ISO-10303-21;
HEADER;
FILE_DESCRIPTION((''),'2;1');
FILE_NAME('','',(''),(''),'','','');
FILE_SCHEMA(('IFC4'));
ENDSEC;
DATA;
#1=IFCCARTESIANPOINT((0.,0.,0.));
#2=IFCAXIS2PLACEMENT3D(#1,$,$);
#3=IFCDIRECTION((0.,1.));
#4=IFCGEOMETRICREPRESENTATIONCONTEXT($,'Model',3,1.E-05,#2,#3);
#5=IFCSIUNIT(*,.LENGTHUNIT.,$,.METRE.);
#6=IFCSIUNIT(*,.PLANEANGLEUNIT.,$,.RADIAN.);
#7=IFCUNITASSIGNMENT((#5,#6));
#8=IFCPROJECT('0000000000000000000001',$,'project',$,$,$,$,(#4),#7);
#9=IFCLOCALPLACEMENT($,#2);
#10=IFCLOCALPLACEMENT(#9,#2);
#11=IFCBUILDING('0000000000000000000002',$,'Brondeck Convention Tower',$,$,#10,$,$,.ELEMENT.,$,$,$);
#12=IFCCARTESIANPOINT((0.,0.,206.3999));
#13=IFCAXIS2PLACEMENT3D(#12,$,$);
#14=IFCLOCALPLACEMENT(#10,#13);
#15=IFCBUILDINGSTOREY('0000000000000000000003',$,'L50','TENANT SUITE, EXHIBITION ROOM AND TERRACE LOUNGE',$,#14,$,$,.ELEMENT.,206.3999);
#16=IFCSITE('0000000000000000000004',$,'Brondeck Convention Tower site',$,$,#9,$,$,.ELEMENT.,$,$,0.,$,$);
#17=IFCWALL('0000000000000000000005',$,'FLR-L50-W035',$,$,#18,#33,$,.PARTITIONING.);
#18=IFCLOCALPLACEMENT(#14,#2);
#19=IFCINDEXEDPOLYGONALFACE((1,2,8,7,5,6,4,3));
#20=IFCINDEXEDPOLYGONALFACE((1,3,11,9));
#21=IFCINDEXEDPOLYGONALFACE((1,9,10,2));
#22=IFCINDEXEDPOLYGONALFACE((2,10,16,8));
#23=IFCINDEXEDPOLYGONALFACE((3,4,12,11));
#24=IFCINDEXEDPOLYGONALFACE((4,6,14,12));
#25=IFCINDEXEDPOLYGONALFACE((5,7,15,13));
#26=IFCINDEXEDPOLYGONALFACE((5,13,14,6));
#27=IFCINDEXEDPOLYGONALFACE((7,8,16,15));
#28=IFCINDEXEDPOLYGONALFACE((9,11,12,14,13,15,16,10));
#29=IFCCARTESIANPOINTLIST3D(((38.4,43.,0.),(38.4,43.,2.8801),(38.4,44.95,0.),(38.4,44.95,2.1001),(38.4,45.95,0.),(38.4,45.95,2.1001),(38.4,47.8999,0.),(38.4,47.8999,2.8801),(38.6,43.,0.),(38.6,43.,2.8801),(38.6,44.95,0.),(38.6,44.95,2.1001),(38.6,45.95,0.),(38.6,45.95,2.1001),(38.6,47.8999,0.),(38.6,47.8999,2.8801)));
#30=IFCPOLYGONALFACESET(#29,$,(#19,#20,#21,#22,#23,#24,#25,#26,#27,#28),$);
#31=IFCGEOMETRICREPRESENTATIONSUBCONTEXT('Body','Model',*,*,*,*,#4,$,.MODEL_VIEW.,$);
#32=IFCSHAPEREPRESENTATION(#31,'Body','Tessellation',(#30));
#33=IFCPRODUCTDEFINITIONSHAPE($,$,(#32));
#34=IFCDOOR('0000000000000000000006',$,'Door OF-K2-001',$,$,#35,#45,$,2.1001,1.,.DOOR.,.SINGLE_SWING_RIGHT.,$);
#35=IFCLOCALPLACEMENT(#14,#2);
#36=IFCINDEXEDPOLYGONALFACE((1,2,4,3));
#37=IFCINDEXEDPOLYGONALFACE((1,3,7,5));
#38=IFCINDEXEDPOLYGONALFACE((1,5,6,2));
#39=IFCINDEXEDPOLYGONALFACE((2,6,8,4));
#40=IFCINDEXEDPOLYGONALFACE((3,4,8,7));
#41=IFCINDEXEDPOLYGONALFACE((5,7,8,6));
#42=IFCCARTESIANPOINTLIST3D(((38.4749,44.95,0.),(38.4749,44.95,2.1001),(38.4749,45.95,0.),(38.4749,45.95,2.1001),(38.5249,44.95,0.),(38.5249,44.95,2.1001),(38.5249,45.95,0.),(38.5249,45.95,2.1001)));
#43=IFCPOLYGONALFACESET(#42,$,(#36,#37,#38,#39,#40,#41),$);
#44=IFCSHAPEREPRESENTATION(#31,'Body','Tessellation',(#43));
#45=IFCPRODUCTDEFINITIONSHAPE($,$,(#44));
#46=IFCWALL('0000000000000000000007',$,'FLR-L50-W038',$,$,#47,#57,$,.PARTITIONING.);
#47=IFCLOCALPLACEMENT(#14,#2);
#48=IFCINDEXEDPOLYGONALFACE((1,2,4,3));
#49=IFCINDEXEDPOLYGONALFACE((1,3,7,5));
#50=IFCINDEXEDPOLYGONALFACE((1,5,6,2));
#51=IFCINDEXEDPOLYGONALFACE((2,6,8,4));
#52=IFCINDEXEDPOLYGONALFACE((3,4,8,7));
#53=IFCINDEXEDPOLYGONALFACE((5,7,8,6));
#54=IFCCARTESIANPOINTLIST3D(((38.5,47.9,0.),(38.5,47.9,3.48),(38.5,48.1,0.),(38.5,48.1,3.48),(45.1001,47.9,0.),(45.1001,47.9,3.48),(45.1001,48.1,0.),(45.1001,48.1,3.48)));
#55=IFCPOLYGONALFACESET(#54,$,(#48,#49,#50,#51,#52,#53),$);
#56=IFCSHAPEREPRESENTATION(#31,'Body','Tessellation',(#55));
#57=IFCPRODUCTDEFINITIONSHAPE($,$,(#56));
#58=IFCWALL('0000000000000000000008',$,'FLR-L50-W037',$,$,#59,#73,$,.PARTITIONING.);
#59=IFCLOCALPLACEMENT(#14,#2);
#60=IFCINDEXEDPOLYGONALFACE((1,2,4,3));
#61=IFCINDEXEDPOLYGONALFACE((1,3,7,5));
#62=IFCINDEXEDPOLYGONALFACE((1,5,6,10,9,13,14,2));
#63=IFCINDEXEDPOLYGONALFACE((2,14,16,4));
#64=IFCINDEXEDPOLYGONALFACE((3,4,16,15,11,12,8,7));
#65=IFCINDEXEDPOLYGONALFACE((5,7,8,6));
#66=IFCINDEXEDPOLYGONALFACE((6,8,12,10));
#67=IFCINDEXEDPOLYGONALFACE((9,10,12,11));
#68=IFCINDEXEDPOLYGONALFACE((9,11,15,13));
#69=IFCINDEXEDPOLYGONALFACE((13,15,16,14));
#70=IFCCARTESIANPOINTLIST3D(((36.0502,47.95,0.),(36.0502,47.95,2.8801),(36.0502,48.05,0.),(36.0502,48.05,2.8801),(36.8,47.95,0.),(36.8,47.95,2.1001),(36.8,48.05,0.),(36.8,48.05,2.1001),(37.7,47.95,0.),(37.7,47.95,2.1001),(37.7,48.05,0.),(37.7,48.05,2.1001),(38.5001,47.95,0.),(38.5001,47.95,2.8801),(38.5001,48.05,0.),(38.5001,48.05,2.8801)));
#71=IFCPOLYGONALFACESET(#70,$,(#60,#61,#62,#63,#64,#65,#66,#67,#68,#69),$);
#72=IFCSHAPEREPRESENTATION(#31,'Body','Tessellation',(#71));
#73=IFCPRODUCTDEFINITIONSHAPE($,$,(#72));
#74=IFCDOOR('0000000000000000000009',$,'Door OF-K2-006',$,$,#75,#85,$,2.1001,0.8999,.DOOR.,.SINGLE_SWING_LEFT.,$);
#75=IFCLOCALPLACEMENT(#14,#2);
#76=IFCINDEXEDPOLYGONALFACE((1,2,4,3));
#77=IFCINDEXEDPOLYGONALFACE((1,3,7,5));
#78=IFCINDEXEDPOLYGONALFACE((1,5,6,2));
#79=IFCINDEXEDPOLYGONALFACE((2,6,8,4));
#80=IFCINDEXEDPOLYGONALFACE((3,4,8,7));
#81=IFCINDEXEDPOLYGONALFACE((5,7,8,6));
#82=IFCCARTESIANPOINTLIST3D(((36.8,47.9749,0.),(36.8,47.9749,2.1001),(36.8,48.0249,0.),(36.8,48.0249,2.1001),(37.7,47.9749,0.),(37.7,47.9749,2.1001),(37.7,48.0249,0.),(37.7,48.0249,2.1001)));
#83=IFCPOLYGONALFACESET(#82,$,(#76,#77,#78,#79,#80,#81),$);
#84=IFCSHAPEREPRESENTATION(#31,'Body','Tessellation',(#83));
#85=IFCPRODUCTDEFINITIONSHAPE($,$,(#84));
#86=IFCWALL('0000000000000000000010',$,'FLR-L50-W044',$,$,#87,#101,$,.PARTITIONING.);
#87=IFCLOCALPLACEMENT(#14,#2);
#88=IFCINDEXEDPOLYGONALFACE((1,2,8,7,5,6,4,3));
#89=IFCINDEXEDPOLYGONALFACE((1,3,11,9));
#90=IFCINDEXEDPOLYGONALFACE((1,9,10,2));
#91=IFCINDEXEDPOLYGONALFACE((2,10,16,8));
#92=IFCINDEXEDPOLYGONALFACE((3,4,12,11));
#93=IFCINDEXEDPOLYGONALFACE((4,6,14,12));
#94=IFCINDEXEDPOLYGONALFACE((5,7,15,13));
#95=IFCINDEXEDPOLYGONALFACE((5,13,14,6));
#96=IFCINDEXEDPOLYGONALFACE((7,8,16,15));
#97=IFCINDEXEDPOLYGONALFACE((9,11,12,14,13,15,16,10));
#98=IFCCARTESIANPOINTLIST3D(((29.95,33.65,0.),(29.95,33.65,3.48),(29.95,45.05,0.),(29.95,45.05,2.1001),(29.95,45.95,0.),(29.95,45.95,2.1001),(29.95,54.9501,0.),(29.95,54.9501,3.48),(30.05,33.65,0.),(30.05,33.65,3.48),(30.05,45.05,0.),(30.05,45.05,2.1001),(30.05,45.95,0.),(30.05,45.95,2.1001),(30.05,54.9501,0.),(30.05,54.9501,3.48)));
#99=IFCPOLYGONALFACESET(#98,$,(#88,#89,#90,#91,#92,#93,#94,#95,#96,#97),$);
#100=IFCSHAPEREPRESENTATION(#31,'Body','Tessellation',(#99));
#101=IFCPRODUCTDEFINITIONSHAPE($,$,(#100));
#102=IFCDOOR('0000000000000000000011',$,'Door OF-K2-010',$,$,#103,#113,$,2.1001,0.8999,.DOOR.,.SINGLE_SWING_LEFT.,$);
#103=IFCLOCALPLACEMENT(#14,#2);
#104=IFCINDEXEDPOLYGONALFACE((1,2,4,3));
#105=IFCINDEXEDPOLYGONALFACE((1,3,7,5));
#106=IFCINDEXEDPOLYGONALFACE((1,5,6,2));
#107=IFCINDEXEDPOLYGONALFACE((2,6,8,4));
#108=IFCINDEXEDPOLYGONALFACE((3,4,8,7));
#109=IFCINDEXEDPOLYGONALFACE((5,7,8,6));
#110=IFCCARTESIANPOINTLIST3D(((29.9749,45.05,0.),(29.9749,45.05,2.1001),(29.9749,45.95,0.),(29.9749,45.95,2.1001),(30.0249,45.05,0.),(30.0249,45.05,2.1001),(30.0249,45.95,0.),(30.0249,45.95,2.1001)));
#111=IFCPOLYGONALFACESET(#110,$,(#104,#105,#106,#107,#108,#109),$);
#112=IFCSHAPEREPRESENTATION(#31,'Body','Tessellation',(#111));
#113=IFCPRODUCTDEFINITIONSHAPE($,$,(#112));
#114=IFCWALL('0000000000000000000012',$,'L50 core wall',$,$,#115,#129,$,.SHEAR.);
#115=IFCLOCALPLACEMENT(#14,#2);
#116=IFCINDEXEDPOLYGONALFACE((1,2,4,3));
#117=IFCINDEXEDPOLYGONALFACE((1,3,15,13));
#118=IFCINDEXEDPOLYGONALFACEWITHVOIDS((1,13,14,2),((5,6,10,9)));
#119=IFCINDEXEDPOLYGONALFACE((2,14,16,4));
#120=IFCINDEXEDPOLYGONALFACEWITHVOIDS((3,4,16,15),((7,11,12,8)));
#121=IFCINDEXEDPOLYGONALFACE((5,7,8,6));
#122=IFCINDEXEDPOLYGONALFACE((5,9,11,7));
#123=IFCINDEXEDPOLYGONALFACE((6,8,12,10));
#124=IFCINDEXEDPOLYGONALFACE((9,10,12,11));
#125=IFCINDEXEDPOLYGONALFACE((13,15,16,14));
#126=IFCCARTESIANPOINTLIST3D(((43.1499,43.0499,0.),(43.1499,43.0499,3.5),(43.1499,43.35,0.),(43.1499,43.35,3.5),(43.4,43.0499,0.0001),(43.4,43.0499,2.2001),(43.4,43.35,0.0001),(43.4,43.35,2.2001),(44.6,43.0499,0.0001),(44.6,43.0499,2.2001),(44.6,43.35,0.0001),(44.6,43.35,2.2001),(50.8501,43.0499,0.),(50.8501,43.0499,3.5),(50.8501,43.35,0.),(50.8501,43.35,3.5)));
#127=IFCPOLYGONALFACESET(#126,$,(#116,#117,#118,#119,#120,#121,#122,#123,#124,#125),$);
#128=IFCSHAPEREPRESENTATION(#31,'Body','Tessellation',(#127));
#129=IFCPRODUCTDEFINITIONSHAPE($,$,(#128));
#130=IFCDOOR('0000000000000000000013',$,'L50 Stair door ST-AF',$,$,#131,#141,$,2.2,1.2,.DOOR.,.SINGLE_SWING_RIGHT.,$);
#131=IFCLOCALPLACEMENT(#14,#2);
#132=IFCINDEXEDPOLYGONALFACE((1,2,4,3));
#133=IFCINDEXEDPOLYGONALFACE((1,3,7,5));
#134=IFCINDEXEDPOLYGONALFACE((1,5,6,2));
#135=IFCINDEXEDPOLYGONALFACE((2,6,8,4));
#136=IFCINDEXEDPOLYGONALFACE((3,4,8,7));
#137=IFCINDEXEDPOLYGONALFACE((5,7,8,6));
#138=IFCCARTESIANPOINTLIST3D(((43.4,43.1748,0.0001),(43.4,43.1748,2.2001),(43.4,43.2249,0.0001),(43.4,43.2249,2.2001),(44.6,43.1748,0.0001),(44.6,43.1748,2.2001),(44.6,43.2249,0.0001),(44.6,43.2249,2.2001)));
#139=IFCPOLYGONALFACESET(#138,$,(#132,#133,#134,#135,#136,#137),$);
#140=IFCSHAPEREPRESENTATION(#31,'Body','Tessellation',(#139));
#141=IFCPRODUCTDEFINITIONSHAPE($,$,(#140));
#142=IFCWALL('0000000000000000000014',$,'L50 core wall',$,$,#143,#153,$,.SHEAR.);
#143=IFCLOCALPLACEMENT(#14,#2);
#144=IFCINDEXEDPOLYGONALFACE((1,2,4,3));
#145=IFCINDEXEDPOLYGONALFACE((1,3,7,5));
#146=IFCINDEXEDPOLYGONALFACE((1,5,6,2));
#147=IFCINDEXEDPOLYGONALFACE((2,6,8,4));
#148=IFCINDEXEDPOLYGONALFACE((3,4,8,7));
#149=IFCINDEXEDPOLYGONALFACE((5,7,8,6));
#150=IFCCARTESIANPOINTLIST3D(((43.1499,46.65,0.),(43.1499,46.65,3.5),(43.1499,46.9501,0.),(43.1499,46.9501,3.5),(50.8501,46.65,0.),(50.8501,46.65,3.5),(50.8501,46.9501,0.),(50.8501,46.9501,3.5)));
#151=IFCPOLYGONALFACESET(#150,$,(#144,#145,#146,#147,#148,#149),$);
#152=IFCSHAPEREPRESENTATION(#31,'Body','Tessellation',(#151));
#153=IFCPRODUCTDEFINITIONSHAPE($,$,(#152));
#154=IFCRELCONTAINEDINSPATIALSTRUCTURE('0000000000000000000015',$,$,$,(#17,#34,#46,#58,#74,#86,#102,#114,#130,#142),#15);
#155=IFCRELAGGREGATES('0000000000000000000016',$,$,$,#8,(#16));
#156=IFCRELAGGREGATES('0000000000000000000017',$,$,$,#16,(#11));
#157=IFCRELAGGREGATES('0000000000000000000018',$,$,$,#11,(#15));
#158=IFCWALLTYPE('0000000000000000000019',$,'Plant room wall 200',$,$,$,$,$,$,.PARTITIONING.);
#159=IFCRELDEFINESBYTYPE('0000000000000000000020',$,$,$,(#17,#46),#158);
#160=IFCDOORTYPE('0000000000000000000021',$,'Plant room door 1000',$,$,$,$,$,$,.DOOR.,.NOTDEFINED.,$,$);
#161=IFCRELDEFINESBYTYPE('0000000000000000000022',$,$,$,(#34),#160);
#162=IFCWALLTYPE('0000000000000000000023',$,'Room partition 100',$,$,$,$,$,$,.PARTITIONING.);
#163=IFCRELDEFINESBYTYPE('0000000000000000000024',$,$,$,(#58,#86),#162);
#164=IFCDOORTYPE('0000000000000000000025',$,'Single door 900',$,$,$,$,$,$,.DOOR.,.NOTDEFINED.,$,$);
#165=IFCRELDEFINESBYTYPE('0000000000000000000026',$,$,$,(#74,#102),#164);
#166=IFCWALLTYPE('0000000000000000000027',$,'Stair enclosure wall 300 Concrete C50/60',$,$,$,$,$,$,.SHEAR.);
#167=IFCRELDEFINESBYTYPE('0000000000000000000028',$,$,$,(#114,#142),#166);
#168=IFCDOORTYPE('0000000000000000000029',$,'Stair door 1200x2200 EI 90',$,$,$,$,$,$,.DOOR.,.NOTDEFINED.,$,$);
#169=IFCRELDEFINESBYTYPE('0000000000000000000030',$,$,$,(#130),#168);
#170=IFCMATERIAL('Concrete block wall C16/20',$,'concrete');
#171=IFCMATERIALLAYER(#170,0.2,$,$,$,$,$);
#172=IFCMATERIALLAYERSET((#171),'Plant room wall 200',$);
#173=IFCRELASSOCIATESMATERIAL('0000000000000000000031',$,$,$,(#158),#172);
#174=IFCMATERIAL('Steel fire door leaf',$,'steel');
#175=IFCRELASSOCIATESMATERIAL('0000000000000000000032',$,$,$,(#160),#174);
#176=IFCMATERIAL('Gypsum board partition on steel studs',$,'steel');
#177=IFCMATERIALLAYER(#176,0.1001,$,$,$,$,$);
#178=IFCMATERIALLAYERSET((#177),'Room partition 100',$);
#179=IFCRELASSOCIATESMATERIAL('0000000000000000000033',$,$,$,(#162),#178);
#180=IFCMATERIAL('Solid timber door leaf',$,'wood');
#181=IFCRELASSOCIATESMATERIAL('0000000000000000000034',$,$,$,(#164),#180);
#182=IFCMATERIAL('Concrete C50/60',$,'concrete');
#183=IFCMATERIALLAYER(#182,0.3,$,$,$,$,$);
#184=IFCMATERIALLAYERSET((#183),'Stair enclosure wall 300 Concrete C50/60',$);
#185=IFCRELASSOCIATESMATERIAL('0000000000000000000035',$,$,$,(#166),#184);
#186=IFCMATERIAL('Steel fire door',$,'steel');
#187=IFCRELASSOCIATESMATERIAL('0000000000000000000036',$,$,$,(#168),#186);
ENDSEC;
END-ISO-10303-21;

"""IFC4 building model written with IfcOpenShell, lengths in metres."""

from ifc_helpers import new_model, si_unit, direction, frame, frame_2d, origin, place, context, subcontext, project, spatial, rectangle, extrude, material, layer, layer_set, type_object, element, fill, save


model = new_model("IFC4")

# Units and contexts
model_context = context("Model", 3, precision=1e-05, world=origin(), true_north=direction((0.0, 1.0)))
body_context = subcontext(model_context, "Body", "Model", "MODEL_VIEW")
ifc_project = project(units=[si_unit("LENGTHUNIT", "METRE"), si_unit("PLANEANGLEUNIT", "RADIAN")], contexts=[model_context])

# Site, building, storey
site_placement = place(None, origin())
site = spatial("IfcSite", under=ifc_project, at=site_placement, Name="Brondeck Convention Tower site", CompositionType="ELEMENT", RefElevation=0.0)
building_placement = place(site_placement, origin())
building = spatial("IfcBuilding", under=site, at=building_placement, Name="Brondeck Convention Tower", CompositionType="ELEMENT")
storey_placement = place(building_placement, frame((0.0, 0.0, 206.3999)))
storey = spatial("IfcBuildingStorey", under=building, at=storey_placement, Name="L50", Description="TENANT SUITE, EXHIBITION ROOM AND TERRACE LOUNGE", CompositionType="ELEMENT", Elevation=206.3999)

# Shared definitions
ifc_material_1 = material(Name="Concrete C50/60", Category="concrete")

# Wall, opening, door
ifc_material_2 = material(Name="Concrete block wall C16/20", Category="concrete")
ifc_layer_1 = layer(ifc_material_2, 0.2)
ifc_layer_set_1 = layer_set([ifc_layer_1], Name="Plant room wall 200")
wall_type_1 = type_object("IfcWallType", Name="Plant room wall 200", PredefinedType="PARTITIONING", material=ifc_layer_set_1)
wall_1_placement = place(storey_placement, frame((38.5, 47.8999, 0.0), z_axis=(0.0, 0.0, 1.0), x_axis=(0.0, -1.0, 0.0)))
wall_1 = element("IfcWall", 1, at=wall_1_placement, inside=storey, type_object=wall_type_1, Name="FLR-L50-W035", PredefinedType="PARTITIONING", context=body_context, shape_type="SweptSolid", body=[
    extrude(rectangle(XDim=4.8999, YDim=0.2, at=frame_2d((2.45, 0.0))), origin(), (0.0, 0.0, 1.0), 2.8801),
])
opening_1_placement = place(wall_1_placement, frame((1.95, 0.0, 0.0)))
opening_1 = element("IfcOpeningElement", 2, at=opening_1_placement, cuts=wall_1, PredefinedType="OPENING", context=body_context, shape_type="SweptSolid", body=[
    extrude(rectangle(XDim=1.0, YDim=2.1001, at=frame_2d((0.5, 1.05))), frame((0.0, 0.1099, 0.0), z_axis=(0.0, -1.0, 0.0), x_axis=(1.0, 0.0, 0.0)), (0.0, 0.0, 1.0), 0.22),
])
ifc_material_3 = material(Name="Steel fire door leaf", Category="steel")
door_type_1 = type_object("IfcDoorType", Name="Plant room door 1000", OperationType="NOTDEFINED", PredefinedType="DOOR", material=ifc_material_3)
door_1_placement = place(opening_1_placement, origin())
door_1 = element("IfcDoor", 3, at=door_1_placement, inside=storey, type_object=door_type_1, Name="Door OF-K2-001", OperationType="SINGLE_SWING_RIGHT", OverallHeight=2.1001, OverallWidth=1.0, PredefinedType="DOOR", context=body_context, shape_type="SweptSolid", body=[
    extrude(rectangle(XDim=1.0, YDim=2.1001, at=frame_2d((0.5, 1.05))), frame((0.0, 0.0249, 0.0), z_axis=(0.0, -1.0, 0.0), x_axis=(1.0, 0.0, 0.0)), (0.0, 0.0, 1.0), 0.05),
])
fill(opening_1, door_1)

# Wall
wall_2_placement = place(storey_placement, frame((38.5, 48.0, 0.0), z_axis=(0.0, 0.0, 1.0), x_axis=(1.0, 0.0, 0.0)))
element("IfcWall", 4, at=wall_2_placement, inside=storey, type_object=wall_type_1, Name="FLR-L50-W038", PredefinedType="PARTITIONING", context=body_context, shape_type="SweptSolid", body=[
    extrude(rectangle(XDim=6.6001, YDim=0.2, at=frame_2d((3.3, 0.0))), origin(), (0.0, 0.0, 1.0), 3.48),
])

# Walls, openings, doors
ifc_material_4 = material(Name="Gypsum board partition on steel studs", Category="steel")
ifc_layer_2 = layer(ifc_material_4, 0.1001)
ifc_layer_set_2 = layer_set([ifc_layer_2], Name="Room partition 100")
wall_type_2 = type_object("IfcWallType", Name="Room partition 100", PredefinedType="PARTITIONING", material=ifc_layer_set_2)
wall_3_placement = place(storey_placement, frame((36.05, 48.0, 0.0), z_axis=(0.0, 0.0, 1.0), x_axis=(1.0, 0.0, 0.0)))
wall_3 = element("IfcWall", 5, at=wall_3_placement, inside=storey, type_object=wall_type_2, Name="FLR-L50-W037", PredefinedType="PARTITIONING", context=body_context, shape_type="SweptSolid", body=[
    extrude(rectangle(XDim=2.45, YDim=0.1001, at=frame_2d((1.2251, 0.0))), origin(), (0.0, 0.0, 1.0), 2.8801),
])
opening_2_placement = place(wall_3_placement, frame((0.75, 0.0, 0.0)))
opening_2 = element("IfcOpeningElement", 6, at=opening_2_placement, cuts=wall_3, PredefinedType="OPENING", context=body_context, shape_type="SweptSolid", body=[
    extrude(rectangle(XDim=0.8999, YDim=2.1001, at=frame_2d((0.45, 1.05))), frame((0.0, 0.0601, 0.0), z_axis=(0.0, -1.0, 0.0), x_axis=(1.0, 0.0, 0.0)), (0.0, 0.0, 1.0), 0.1201),
])
ifc_material_5 = material(Name="Solid timber door leaf", Category="wood")
door_type_2 = type_object("IfcDoorType", Name="Single door 900", OperationType="NOTDEFINED", PredefinedType="DOOR", material=ifc_material_5)
door_2_placement = place(opening_2_placement, origin())
door_2 = element("IfcDoor", 7, at=door_2_placement, inside=storey, type_object=door_type_2, Name="Door OF-K2-006", OperationType="SINGLE_SWING_LEFT", OverallHeight=2.1001, OverallWidth=0.8999, PredefinedType="DOOR", context=body_context, shape_type="SweptSolid", body=[
    extrude(rectangle(XDim=0.8999, YDim=2.1001, at=frame_2d((0.45, 1.05))), frame((0.0, 0.0249, 0.0), z_axis=(0.0, -1.0, 0.0), x_axis=(1.0, 0.0, 0.0)), (0.0, 0.0, 1.0), 0.05),
])
fill(opening_2, door_2)
wall_4_placement = place(storey_placement, frame((30.0, 54.95, 0.0), z_axis=(0.0, 0.0, 1.0), x_axis=(0.0, -1.0, 0.0)))
wall_4 = element("IfcWall", 8, at=wall_4_placement, inside=storey, type_object=wall_type_2, Name="FLR-L50-W044", PredefinedType="PARTITIONING", context=body_context, shape_type="SweptSolid", body=[
    extrude(rectangle(XDim=21.3, YDim=0.1001, at=frame_2d((10.6499, 0.0))), origin(), (0.0, 0.0, 1.0), 3.48),
])
opening_3_placement = place(wall_4_placement, frame((9.0, 0.0, 0.0)))
opening_3 = element("IfcOpeningElement", 9, at=opening_3_placement, cuts=wall_4, PredefinedType="OPENING", context=body_context, shape_type="SweptSolid", body=[
    extrude(rectangle(XDim=0.8999, YDim=2.1001, at=frame_2d((0.45, 1.05))), frame((0.0, 0.0601, 0.0), z_axis=(0.0, -1.0, 0.0), x_axis=(1.0, 0.0, 0.0)), (0.0, 0.0, 1.0), 0.1201),
])
door_3_placement = place(opening_3_placement, origin())
door_3 = element("IfcDoor", 10, at=door_3_placement, inside=storey, type_object=door_type_2, Name="Door OF-K2-010", OperationType="SINGLE_SWING_LEFT", OverallHeight=2.1001, OverallWidth=0.8999, PredefinedType="DOOR", context=body_context, shape_type="SweptSolid", body=[
    extrude(rectangle(XDim=0.8999, YDim=2.1001, at=frame_2d((0.45, 1.05))), frame((0.0, 0.0249, 0.0), z_axis=(0.0, -1.0, 0.0), x_axis=(1.0, 0.0, 0.0)), (0.0, 0.0, 1.0), 0.05),
])
fill(opening_3, door_3)
ifc_layer_3 = layer(ifc_material_1, 0.3)
ifc_layer_set_3 = layer_set([ifc_layer_3], Name="Stair enclosure wall 300 Concrete C50/60")
wall_type_3 = type_object("IfcWallType", Name="Stair enclosure wall 300 Concrete C50/60", PredefinedType="SHEAR", material=ifc_layer_set_3)
wall_5_placement = place(storey_placement, frame((43.1499, 43.2, 0.0), z_axis=(0.0, 0.0, 1.0), x_axis=(1.0, 0.0, 0.0)))
wall_5 = element("IfcWall", 11, at=wall_5_placement, inside=storey, type_object=wall_type_3, Name="L50 core wall", PredefinedType="SHEAR", context=body_context, shape_type="SweptSolid", body=[
    extrude(rectangle(XDim=7.7002, YDim=0.3, at=frame_2d((3.8501, 0.0))), origin(), (0.0, 0.0, 1.0), 3.5),
])
opening_4_placement = place(wall_5_placement, frame((0.25, 0.0, 0.0)))
opening_4 = element("IfcOpeningElement", 12, at=opening_4_placement, cuts=wall_5, PredefinedType="OPENING", context=body_context, shape_type="SweptSolid", body=[
    extrude(rectangle(XDim=1.2, YDim=2.2, at=frame_2d((0.6001, 1.1001))), frame((0.0, 0.1599, 0.0), z_axis=(0.0, -1.0, 0.0), x_axis=(1.0, 0.0, 0.0)), (0.0, 0.0, 1.0), 0.3201),
])
ifc_material_6 = material(Name="Steel fire door", Category="steel")
door_type_3 = type_object("IfcDoorType", Name="Stair door 1200x2200 EI 90", OperationType="NOTDEFINED", PredefinedType="DOOR", material=ifc_material_6)
door_4_placement = place(opening_4_placement, origin())
door_4 = element("IfcDoor", 13, at=door_4_placement, inside=storey, type_object=door_type_3, Name="L50 Stair door ST-AF", OperationType="SINGLE_SWING_RIGHT", OverallHeight=2.2, OverallWidth=1.2, PredefinedType="DOOR", context=body_context, shape_type="SweptSolid", body=[
    extrude(rectangle(XDim=1.2, YDim=2.2, at=frame_2d((0.6001, 1.1001))), frame((0.0, 0.0249, 0.0), z_axis=(0.0, -1.0, 0.0), x_axis=(1.0, 0.0, 0.0)), (0.0, 0.0, 1.0), 0.05),
])
fill(opening_4, door_4)

# Wall
wall_6_placement = place(storey_placement, frame((43.1499, 46.8, 0.0), z_axis=(0.0, 0.0, 1.0), x_axis=(1.0, 0.0, 0.0)))
element("IfcWall", 14, at=wall_6_placement, inside=storey, type_object=wall_type_3, Name="L50 core wall", PredefinedType="SHEAR", context=body_context, shape_type="SweptSolid", body=[
    extrude(rectangle(XDim=7.7002, YDim=0.3, at=frame_2d((3.8501, 0.0))), origin(), (0.0, 0.0, 1.0), 3.5),
])

save(model, "model.ifc")
